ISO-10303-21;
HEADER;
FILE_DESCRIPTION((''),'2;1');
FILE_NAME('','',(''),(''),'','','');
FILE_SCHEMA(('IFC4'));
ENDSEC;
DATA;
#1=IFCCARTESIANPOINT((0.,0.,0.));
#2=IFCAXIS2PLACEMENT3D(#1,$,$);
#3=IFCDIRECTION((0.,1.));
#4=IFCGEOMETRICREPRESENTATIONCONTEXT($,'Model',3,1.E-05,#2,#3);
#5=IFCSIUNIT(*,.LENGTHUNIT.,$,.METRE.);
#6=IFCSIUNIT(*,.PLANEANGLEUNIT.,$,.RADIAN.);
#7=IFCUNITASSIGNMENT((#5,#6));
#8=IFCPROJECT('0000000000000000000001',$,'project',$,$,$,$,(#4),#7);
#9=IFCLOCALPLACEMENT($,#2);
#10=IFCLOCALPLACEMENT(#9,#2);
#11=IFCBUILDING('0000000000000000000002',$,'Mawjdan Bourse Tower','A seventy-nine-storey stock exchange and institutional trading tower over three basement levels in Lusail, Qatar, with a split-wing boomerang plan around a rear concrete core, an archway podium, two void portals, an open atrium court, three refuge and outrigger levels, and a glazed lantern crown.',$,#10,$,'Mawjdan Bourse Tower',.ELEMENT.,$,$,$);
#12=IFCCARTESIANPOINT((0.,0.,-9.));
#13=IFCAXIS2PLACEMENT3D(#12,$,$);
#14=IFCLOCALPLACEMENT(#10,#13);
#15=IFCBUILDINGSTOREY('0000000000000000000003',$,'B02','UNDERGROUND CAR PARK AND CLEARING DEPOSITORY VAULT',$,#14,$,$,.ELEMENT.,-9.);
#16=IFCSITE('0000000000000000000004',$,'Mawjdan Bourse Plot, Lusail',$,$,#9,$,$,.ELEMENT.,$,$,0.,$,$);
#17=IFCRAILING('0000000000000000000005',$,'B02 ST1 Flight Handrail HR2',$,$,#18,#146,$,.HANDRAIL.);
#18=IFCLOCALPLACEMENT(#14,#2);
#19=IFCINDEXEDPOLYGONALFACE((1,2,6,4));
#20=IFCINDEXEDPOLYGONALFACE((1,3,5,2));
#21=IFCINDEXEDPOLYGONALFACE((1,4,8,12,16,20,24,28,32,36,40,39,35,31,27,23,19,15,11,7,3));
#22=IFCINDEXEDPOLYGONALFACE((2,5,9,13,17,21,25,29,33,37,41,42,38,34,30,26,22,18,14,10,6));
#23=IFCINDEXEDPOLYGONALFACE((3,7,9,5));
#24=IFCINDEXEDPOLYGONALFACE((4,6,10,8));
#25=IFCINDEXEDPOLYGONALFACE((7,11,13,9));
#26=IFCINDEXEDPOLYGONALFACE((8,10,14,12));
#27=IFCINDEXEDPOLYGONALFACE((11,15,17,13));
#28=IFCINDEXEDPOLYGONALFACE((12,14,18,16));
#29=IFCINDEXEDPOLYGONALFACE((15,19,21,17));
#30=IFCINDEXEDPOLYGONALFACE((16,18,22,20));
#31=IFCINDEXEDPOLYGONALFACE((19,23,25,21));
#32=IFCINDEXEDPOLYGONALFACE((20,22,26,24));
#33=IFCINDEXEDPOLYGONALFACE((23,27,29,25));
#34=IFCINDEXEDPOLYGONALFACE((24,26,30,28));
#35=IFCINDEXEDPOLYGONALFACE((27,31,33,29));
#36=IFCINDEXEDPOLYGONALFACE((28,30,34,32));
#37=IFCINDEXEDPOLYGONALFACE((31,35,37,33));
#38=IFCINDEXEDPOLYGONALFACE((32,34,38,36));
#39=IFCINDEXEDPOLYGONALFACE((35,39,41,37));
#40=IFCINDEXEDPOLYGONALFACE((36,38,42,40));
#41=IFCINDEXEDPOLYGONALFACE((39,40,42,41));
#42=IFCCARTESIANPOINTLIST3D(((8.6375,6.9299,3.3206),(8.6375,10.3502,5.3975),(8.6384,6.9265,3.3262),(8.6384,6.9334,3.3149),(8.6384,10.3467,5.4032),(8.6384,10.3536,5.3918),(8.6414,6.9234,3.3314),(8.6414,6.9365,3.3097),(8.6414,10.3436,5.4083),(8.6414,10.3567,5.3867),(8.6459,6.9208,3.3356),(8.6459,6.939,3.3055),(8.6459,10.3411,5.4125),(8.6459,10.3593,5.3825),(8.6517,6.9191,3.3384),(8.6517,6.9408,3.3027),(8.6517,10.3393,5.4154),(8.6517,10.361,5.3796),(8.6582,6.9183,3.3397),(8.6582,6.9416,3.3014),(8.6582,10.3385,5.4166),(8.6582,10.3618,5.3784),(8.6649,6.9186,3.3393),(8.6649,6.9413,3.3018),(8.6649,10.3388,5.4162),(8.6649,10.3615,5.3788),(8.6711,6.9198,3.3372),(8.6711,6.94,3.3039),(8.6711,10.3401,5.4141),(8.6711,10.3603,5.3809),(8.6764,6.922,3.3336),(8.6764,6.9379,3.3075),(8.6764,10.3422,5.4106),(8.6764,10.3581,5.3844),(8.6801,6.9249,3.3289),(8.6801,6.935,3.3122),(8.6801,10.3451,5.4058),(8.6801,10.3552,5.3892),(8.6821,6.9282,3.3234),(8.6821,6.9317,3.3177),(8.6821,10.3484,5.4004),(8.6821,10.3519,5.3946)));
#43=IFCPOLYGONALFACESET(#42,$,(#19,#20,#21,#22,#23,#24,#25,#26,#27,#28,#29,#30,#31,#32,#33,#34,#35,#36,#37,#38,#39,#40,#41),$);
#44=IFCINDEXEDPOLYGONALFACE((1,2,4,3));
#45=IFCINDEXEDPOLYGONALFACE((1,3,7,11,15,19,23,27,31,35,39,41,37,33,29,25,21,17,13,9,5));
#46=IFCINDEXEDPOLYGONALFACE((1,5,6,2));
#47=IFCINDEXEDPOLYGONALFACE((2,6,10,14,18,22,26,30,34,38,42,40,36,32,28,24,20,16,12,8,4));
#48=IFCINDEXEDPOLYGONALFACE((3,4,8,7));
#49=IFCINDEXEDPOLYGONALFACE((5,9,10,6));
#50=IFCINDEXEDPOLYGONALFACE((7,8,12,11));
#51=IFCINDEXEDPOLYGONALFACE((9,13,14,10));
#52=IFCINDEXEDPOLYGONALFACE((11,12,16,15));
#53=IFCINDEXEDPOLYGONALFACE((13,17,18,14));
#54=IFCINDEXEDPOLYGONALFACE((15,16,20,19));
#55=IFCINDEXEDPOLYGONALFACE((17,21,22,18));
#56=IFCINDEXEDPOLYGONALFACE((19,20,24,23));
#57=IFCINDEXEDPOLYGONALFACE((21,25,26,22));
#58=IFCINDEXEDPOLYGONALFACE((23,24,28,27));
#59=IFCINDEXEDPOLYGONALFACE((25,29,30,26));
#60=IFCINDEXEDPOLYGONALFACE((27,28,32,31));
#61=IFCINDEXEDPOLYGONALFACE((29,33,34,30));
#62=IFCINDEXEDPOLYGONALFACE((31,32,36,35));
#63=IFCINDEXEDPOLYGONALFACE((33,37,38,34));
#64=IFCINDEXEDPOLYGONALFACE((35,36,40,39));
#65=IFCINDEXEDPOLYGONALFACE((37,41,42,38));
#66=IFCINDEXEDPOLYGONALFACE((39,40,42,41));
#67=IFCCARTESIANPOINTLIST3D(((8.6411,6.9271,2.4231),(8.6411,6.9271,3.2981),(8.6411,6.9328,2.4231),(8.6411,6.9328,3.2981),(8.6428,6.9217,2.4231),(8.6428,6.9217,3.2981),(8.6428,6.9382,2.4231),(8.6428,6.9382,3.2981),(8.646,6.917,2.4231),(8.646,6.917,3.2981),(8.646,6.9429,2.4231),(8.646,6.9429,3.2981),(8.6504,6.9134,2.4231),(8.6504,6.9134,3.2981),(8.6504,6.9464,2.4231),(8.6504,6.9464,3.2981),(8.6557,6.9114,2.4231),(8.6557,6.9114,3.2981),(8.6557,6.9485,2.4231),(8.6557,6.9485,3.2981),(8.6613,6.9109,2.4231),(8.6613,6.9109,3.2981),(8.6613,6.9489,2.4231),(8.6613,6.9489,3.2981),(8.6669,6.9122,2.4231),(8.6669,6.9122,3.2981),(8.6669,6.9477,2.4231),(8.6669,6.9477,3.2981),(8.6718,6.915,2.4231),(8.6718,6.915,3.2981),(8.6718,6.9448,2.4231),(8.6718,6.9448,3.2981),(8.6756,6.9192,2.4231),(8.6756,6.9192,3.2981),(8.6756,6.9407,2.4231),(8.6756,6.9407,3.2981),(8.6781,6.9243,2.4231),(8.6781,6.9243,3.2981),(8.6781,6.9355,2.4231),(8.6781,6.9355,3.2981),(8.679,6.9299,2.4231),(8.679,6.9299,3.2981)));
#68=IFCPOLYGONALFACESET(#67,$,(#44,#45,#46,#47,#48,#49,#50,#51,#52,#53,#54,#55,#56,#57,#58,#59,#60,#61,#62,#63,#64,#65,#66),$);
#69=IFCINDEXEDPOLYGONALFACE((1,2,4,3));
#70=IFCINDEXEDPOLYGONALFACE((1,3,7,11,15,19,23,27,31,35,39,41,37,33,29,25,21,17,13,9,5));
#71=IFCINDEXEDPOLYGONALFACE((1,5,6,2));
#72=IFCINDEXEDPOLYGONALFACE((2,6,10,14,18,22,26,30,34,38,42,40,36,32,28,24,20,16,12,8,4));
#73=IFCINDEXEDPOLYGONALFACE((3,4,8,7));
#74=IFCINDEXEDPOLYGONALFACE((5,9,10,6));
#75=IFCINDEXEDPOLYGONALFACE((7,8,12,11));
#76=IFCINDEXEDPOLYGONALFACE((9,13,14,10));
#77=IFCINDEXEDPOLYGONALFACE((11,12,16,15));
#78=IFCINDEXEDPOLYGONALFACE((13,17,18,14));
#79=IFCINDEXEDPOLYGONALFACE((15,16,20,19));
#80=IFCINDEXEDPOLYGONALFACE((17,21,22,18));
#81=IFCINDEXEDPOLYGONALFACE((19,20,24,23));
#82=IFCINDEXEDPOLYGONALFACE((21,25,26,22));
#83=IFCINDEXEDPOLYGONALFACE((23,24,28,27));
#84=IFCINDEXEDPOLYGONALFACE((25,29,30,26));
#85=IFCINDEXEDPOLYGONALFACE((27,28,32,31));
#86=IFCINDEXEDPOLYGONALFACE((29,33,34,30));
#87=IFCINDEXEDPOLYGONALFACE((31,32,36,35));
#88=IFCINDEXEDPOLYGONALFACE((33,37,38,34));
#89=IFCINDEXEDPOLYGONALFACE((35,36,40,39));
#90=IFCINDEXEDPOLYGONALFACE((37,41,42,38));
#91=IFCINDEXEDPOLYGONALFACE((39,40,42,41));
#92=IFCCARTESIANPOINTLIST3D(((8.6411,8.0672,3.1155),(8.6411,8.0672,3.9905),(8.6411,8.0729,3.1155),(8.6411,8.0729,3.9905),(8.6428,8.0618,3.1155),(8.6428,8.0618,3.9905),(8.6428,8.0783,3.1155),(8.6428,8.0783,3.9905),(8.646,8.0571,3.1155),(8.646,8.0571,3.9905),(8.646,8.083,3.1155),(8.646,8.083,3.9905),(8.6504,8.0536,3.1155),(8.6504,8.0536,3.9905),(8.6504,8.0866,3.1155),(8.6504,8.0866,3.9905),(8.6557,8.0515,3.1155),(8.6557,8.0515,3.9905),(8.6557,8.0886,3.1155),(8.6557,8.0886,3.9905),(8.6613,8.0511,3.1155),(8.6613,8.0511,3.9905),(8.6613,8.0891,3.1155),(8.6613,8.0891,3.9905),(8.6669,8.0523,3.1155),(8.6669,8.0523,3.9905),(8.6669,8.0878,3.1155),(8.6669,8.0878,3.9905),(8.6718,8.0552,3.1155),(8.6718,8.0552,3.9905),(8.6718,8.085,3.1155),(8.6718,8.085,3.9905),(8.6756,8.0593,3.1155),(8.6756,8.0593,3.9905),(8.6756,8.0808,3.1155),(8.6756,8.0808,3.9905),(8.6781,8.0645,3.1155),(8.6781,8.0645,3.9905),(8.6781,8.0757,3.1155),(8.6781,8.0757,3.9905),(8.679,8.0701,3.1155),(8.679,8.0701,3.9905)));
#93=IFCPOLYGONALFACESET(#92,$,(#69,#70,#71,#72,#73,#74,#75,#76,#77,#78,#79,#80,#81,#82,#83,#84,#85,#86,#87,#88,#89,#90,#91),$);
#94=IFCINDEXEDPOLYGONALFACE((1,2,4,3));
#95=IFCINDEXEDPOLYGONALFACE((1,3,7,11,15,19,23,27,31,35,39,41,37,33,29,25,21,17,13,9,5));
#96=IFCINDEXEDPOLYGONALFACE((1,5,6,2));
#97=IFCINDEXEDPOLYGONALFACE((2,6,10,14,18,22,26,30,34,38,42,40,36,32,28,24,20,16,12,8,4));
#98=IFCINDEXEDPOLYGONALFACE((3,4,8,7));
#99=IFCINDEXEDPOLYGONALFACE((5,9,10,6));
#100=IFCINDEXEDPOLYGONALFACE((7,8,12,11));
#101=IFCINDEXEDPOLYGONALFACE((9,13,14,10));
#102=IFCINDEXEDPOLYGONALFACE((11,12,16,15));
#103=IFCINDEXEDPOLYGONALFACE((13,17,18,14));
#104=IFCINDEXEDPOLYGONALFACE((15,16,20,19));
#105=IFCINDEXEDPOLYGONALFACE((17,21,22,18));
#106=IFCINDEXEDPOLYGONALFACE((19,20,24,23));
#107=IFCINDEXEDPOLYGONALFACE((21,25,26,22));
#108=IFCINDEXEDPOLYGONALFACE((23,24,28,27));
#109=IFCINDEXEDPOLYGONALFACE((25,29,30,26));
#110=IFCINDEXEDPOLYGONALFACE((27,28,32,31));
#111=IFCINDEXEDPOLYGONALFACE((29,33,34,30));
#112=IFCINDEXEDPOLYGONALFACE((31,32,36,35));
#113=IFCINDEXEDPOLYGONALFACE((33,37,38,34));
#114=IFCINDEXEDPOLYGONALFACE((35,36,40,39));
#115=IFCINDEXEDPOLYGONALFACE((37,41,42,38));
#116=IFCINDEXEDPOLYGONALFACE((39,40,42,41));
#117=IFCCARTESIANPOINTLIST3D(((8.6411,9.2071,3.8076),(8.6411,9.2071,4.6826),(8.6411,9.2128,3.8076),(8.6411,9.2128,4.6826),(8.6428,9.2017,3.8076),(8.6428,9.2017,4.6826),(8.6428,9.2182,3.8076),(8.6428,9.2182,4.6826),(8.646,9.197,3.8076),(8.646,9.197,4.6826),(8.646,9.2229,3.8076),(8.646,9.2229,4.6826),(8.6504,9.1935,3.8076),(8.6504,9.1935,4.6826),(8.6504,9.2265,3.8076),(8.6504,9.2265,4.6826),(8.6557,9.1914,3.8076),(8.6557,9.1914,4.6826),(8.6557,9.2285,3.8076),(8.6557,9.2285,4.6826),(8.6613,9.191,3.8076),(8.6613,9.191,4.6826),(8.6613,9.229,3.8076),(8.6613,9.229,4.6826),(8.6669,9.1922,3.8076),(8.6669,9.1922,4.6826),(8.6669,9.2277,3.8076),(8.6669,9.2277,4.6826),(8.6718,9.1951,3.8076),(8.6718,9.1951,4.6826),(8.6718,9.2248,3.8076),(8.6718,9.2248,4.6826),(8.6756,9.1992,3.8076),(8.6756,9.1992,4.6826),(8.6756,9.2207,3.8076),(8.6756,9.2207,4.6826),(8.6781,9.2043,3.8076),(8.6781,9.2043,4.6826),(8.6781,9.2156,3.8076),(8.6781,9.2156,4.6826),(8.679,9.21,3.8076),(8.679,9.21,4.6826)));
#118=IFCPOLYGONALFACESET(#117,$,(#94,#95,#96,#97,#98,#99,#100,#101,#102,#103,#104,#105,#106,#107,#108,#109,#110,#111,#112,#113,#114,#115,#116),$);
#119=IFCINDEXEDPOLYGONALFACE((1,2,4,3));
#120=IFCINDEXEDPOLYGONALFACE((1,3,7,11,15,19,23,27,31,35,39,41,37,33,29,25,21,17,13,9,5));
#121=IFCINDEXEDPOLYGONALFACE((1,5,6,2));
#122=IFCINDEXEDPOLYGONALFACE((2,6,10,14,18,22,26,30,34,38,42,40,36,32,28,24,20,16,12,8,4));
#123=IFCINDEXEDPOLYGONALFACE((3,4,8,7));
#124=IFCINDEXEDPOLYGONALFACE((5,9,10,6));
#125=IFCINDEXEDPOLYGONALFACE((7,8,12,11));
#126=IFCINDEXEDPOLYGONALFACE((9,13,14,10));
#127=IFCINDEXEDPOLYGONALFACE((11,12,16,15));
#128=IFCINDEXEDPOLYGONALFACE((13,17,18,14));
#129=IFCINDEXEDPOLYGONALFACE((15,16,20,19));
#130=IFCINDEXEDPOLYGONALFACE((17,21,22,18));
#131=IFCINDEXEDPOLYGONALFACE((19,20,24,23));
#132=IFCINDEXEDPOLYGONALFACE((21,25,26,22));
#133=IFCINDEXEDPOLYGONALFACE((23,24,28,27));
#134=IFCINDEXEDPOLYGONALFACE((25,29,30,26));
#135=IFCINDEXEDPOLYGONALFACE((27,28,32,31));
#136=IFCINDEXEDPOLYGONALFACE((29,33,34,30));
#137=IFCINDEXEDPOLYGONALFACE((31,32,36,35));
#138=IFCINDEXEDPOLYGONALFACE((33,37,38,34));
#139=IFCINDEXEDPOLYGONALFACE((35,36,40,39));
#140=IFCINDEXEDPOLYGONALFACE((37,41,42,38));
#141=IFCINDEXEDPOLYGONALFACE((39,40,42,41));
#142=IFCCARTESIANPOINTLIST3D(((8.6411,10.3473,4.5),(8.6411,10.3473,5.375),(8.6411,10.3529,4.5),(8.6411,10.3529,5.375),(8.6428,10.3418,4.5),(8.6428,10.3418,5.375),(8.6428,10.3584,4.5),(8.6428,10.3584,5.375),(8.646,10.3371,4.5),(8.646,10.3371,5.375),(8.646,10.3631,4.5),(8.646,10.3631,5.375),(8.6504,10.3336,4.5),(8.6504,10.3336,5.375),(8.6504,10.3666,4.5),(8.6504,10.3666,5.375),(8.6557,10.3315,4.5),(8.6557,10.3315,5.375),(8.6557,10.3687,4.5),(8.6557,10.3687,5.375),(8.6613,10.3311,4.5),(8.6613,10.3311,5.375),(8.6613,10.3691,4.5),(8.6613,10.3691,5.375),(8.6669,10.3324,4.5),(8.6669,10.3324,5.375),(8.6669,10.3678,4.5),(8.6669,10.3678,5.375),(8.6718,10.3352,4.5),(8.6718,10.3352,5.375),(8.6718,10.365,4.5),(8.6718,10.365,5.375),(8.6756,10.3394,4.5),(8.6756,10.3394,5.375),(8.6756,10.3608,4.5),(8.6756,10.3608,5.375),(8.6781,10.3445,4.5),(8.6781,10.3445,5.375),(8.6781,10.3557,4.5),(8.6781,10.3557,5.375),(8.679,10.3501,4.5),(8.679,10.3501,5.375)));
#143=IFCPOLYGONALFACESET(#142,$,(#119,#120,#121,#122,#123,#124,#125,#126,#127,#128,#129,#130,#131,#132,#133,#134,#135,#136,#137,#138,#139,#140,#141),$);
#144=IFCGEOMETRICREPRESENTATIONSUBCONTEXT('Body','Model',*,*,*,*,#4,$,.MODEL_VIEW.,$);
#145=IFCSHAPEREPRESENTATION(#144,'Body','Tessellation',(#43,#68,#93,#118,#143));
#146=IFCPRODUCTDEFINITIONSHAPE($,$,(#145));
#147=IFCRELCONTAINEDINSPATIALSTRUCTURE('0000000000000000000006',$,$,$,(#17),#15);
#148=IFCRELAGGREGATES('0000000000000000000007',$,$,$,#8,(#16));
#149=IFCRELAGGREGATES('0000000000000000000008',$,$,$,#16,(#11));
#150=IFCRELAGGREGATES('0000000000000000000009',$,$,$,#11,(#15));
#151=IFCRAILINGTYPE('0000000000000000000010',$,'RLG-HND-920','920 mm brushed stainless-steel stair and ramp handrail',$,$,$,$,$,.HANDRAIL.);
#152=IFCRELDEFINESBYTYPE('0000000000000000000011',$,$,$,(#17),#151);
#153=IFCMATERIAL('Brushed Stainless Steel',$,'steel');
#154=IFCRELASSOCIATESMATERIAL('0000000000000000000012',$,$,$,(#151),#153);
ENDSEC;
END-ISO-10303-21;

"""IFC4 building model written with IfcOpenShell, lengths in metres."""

from ifc_helpers import new_model, si_unit, direction, frame, origin, origin_2d, place, context, subcontext, project, spatial, circle, extrude, material, type_object, element, save


model = new_model("IFC4")

# Units and contexts
model_context = context("Model", 3, precision=1e-05, world=origin(), true_north=direction((0.0, 1.0)))
body_context = subcontext(model_context, "Body", "Model", "MODEL_VIEW")
ifc_project = project(units=[si_unit("LENGTHUNIT", "METRE"), si_unit("PLANEANGLEUNIT", "RADIAN")], contexts=[model_context])

# Site, building, storey
site_placement = place(None, origin())
site = spatial("IfcSite", under=ifc_project, at=site_placement, Name="Mawjdan Bourse Plot, Lusail", CompositionType="ELEMENT", RefElevation=0.0)
building_placement = place(site_placement, origin())
building = spatial("IfcBuilding", under=site, at=building_placement, Name="Mawjdan Bourse Tower", Description="A seventy-nine-storey stock exchange and institutional trading tower over three basement levels in Lusail, Qatar, with a split-wing boomerang plan around a rear concrete core, an archway podium, two void portals, an open atrium court, three refuge and outrigger levels, and a glazed lantern crown.", LongName="Mawjdan Bourse Tower", CompositionType="ELEMENT")
storey_placement = place(building_placement, frame((0.0, 0.0, -9.0)))
storey = spatial("IfcBuildingStorey", under=building, at=storey_placement, Name="B02", Description="UNDERGROUND CAR PARK AND CLEARING DEPOSITORY VAULT", CompositionType="ELEMENT", Elevation=-9.0)

# Shared definitions
ifc_material_1 = material(Name="Brushed Stainless Steel", Category="steel")

# Railing
railing_type = type_object("IfcRailingType", Name="RLG-HND-920", Description="920 mm brushed stainless-steel stair and ramp handrail", PredefinedType="HANDRAIL", material=ifc_material_1)
railing_placement = place(storey_placement, frame((8.6599, 6.9299, 2.4231)))
element("IfcRailing", 1, at=railing_placement, inside=storey, type_object=railing_type, Name="B02 ST1 Flight Handrail HR2", PredefinedType="HANDRAIL", context=body_context, shape_type="SweptSolid", body=[
    extrude(circle(Radius=0.0225, at=origin_2d()), frame((0.0, 0.0, 0.8975), z_axis=(0.0, 0.854746, 0.519047), x_axis=(-1.0, 0.0, 0.0)), (0.0, 0.0, 1.0), 4.0015),
    extrude(circle(Radius=0.019, at=origin_2d()), origin(), (0.0, 0.0, 1.0), 0.875),
    extrude(circle(Radius=0.019, at=origin_2d()), frame((0.0, 1.1401, 0.6924)), (0.0, 0.0, 1.0), 0.875),
    extrude(circle(Radius=0.019, at=origin_2d()), frame((0.0, 2.28, 1.3845)), (0.0, 0.0, 1.0), 0.875),
    extrude(circle(Radius=0.019, at=origin_2d()), frame((0.0, 3.4202, 2.0769)), (0.0, 0.0, 1.0), 0.875),
])

save(model, "model.ifc")
